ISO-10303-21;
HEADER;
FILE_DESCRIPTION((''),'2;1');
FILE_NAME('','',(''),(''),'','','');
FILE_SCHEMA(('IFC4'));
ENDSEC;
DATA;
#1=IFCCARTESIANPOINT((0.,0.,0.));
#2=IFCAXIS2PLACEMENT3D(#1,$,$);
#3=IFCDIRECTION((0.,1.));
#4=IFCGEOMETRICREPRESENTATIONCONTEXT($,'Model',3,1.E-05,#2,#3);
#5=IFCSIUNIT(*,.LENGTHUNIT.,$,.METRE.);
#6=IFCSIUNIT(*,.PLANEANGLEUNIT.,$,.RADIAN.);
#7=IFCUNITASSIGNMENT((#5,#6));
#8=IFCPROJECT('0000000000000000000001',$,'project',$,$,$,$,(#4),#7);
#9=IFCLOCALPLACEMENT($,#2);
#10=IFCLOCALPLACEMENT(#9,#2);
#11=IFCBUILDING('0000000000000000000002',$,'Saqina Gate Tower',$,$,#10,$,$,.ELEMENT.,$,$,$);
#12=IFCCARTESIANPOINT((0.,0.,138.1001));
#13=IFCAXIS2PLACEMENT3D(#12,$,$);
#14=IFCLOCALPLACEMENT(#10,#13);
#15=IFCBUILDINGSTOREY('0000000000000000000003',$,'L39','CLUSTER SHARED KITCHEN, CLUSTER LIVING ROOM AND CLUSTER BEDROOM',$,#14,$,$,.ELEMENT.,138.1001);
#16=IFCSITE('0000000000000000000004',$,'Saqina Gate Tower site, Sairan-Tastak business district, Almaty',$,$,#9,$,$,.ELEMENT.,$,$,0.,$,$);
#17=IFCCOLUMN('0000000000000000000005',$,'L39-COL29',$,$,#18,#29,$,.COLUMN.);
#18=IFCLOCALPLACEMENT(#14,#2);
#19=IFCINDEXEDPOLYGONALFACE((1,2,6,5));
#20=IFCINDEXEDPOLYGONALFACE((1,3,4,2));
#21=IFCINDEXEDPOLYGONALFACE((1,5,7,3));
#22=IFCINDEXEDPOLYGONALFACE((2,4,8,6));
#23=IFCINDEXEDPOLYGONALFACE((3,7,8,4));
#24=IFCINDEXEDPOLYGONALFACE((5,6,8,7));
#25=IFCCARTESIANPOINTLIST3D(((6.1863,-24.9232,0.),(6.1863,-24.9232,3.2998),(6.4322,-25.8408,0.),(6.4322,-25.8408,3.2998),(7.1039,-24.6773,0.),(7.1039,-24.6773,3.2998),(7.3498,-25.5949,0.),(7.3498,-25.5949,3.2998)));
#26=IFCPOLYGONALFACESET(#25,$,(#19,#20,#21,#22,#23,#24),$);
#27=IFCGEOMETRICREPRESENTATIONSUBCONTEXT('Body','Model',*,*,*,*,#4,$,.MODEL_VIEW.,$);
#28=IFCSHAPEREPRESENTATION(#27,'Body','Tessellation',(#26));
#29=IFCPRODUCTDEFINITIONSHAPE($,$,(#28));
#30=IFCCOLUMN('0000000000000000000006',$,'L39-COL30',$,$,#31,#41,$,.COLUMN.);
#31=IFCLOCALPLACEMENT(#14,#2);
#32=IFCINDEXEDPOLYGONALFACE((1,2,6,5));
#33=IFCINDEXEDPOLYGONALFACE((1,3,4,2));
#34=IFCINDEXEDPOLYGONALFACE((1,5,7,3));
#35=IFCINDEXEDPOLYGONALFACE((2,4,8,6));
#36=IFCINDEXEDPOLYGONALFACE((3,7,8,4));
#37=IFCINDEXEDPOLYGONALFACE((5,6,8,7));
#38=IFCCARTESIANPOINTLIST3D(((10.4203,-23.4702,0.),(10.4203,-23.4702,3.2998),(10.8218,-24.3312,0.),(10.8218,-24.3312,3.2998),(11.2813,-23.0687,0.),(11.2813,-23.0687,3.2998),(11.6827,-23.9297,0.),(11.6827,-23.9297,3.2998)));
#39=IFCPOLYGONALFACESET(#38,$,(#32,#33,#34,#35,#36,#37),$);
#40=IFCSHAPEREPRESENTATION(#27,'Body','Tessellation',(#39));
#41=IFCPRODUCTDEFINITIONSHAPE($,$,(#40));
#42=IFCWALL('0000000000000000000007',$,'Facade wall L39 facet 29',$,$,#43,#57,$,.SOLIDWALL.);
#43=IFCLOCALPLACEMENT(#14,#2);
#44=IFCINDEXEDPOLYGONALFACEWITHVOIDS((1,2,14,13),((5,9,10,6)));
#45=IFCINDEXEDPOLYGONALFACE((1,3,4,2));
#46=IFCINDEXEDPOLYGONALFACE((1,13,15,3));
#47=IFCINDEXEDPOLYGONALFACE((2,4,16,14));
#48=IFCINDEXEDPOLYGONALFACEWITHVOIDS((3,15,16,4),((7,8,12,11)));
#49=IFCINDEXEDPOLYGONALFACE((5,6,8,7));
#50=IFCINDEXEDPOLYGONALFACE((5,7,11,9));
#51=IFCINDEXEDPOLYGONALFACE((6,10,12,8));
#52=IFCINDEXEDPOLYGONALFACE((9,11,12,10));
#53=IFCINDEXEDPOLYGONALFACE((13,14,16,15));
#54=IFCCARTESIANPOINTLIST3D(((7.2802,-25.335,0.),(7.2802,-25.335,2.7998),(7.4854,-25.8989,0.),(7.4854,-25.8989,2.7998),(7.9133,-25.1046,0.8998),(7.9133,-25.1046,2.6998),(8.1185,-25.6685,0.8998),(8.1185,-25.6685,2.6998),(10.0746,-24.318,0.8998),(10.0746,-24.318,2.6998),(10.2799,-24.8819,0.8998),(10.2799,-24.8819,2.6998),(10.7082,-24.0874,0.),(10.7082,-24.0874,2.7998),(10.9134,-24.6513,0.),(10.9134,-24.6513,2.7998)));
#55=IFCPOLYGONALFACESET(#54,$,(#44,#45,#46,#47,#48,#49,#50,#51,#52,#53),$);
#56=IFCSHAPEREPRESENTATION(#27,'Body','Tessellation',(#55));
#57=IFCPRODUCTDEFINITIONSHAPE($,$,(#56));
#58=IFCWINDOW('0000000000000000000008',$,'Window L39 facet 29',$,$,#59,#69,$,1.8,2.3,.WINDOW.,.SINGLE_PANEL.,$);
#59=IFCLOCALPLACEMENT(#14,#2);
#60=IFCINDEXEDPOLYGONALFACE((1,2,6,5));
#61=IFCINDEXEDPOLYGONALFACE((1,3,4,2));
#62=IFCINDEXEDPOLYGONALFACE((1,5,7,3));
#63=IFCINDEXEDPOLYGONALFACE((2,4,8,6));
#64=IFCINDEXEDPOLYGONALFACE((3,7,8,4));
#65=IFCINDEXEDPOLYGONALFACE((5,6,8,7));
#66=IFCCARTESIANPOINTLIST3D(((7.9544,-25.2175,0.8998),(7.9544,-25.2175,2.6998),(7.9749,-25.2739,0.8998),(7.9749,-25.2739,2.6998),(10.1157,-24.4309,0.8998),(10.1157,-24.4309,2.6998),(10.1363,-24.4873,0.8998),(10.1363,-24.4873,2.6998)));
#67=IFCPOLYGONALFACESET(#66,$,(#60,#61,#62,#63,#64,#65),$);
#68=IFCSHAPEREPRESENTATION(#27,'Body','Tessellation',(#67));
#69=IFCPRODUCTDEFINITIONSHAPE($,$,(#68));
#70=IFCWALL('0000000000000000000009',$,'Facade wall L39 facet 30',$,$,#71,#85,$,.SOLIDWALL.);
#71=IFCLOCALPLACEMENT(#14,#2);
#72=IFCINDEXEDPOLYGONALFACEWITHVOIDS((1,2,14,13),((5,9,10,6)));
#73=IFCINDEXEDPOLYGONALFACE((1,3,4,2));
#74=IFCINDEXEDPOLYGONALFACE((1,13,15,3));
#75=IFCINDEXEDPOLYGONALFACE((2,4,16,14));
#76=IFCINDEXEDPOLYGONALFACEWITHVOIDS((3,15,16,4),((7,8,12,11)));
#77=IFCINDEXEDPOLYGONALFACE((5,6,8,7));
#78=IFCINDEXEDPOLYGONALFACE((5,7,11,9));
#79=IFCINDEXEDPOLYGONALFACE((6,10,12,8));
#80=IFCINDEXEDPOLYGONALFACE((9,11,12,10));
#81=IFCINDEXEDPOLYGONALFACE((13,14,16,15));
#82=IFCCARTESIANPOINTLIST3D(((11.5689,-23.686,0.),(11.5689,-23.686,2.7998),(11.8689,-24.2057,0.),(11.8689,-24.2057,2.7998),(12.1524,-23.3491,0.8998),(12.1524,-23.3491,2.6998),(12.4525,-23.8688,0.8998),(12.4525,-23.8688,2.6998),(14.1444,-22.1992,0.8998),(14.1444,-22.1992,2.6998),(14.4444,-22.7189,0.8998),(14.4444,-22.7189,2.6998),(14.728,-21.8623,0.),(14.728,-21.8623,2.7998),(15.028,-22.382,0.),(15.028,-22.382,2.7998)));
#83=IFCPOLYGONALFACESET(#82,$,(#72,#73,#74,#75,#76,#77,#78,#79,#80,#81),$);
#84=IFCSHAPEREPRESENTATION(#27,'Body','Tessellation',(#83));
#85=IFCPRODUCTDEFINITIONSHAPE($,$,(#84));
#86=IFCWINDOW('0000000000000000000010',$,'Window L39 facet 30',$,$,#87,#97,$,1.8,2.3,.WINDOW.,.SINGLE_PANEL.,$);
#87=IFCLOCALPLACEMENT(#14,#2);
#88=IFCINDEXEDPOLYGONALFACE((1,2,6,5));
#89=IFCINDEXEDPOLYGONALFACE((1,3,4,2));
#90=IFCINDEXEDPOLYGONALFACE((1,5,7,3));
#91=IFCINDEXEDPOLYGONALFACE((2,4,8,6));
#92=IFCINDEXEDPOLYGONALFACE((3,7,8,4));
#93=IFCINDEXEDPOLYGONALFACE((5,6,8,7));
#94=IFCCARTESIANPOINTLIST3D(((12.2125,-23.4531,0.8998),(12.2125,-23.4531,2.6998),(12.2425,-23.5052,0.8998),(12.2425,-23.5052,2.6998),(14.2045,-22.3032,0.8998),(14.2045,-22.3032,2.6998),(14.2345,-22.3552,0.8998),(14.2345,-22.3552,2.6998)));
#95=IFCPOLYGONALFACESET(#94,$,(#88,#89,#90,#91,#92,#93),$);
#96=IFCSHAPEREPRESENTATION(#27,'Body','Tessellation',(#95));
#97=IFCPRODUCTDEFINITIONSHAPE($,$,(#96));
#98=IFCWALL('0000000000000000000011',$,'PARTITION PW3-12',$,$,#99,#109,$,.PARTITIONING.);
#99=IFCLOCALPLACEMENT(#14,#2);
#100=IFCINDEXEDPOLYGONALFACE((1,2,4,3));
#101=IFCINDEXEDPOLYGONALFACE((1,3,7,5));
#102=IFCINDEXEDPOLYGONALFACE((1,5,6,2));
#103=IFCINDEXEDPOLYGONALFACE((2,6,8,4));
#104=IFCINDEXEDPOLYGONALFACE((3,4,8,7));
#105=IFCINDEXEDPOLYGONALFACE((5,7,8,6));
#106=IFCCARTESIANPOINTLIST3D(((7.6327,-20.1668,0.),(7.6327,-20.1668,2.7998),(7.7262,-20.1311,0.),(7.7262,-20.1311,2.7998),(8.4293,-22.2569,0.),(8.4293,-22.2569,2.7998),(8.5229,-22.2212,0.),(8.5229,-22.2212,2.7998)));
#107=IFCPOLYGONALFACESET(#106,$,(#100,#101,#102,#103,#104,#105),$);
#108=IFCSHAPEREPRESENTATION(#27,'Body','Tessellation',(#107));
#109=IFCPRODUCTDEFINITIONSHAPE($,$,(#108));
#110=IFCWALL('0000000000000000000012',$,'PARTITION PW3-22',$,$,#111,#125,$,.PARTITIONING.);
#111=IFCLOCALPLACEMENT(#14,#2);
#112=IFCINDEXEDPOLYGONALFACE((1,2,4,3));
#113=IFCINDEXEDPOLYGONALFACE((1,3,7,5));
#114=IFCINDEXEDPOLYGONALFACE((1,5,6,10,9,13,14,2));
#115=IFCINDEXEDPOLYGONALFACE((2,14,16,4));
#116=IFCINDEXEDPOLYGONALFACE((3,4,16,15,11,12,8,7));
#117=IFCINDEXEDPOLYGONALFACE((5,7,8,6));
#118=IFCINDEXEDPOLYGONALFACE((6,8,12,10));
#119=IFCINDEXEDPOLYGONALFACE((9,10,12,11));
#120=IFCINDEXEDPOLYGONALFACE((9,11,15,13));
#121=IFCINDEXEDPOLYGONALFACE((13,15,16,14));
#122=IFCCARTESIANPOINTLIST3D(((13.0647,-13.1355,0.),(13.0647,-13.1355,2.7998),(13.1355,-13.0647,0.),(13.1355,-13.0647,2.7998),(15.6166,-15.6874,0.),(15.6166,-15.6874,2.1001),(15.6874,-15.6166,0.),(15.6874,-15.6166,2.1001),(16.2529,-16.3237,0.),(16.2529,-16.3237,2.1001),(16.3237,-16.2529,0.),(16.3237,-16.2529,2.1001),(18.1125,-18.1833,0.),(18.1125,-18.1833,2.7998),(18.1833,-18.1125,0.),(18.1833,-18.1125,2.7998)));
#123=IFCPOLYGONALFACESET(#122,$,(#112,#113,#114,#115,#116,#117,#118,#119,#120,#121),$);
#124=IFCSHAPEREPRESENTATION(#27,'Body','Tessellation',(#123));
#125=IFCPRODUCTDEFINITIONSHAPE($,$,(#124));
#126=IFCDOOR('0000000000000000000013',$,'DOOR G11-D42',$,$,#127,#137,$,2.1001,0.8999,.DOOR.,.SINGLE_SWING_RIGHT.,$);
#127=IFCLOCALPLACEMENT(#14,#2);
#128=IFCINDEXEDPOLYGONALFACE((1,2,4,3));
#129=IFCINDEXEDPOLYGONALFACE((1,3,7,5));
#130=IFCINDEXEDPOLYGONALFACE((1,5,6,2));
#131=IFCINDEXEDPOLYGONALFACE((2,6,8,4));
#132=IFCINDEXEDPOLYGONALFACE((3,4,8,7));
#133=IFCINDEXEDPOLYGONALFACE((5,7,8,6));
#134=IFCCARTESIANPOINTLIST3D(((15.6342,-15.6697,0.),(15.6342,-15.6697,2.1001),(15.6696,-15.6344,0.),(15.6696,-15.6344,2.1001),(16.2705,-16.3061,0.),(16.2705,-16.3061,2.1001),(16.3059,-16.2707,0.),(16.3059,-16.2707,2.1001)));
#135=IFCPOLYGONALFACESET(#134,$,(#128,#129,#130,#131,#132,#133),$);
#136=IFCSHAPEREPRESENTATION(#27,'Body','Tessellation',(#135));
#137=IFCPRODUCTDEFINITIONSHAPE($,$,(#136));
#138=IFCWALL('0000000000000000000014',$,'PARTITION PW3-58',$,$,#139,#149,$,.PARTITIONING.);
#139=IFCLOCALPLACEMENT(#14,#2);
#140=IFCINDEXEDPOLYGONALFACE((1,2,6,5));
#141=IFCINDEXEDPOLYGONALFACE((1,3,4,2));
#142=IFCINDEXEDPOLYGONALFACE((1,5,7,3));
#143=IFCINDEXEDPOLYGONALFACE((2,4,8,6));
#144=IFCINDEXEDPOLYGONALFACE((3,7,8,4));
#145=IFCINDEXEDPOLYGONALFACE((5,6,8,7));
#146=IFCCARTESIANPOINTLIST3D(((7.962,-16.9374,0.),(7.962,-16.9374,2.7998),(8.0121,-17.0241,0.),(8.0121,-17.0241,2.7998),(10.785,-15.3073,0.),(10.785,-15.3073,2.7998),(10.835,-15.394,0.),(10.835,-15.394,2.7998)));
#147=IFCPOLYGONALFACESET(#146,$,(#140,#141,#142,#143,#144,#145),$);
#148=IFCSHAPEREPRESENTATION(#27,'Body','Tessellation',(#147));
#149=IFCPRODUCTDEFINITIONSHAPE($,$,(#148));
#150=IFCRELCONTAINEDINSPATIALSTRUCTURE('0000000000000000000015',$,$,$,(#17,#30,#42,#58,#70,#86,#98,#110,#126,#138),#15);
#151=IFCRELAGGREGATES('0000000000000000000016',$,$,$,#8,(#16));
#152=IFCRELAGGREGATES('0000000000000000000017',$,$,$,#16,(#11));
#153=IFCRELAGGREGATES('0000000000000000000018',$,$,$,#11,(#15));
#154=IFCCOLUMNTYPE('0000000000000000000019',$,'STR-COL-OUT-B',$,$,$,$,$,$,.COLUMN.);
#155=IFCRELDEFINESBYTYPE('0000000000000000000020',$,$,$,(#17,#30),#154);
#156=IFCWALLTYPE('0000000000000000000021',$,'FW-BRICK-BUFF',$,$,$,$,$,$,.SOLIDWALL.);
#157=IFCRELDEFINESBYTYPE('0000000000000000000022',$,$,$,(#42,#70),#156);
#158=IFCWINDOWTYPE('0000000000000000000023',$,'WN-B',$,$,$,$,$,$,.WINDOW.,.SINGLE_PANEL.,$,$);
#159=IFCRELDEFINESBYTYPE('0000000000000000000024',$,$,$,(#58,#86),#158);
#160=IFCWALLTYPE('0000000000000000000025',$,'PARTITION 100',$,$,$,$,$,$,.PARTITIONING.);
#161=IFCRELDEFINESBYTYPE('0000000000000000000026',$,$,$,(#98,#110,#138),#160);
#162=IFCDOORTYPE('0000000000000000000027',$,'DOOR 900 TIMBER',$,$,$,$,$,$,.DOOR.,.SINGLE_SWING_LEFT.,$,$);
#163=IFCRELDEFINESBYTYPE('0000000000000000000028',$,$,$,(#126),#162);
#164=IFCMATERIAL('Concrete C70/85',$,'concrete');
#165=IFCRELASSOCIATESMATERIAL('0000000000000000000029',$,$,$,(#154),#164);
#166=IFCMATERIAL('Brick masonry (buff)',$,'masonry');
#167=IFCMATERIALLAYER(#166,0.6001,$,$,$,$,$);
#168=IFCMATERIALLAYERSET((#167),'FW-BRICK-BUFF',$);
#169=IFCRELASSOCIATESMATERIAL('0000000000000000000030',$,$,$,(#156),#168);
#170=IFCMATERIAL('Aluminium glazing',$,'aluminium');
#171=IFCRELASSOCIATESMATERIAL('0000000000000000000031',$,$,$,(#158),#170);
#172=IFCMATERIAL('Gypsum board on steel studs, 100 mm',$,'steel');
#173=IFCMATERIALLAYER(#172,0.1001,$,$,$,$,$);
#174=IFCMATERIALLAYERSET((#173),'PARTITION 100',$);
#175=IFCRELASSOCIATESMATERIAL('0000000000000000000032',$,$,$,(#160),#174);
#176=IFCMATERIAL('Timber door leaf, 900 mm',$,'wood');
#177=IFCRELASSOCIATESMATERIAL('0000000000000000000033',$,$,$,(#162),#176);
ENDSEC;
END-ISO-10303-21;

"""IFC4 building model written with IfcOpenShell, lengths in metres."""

from ifc_helpers import new_model, si_unit, direction, frame, frame_2d, origin, origin_2d, place, context, subcontext, project, spatial, rectangle, extrude, material, layer, layer_set, material_profile, profile_set, type_object, element, fill, save


model = new_model("IFC4")

# Units and contexts
model_context = context("Model", 3, precision=1e-05, world=origin(), true_north=direction((0.0, 1.0)))
body_context = subcontext(model_context, "Body", "Model", "MODEL_VIEW")
ifc_project = project(units=[si_unit("LENGTHUNIT", "METRE"), si_unit("PLANEANGLEUNIT", "RADIAN")], contexts=[model_context])

# Site, building, storey
site_placement = place(None, origin())
site = spatial("IfcSite", under=ifc_project, at=site_placement, Name="Saqina Gate Tower site, Sairan-Tastak business district, Almaty", CompositionType="ELEMENT", RefElevation=0.0)
building_placement = place(site_placement, origin())
building = spatial("IfcBuilding", under=site, at=building_placement, Name="Saqina Gate Tower", CompositionType="ELEMENT")
storey_placement = place(building_placement, frame((0.0, 0.0, 138.1001)))
storey = spatial("IfcBuildingStorey", under=building, at=storey_placement, Name="L39", Description="CLUSTER SHARED KITCHEN, CLUSTER LIVING ROOM AND CLUSTER BEDROOM", CompositionType="ELEMENT", Elevation=138.1001)

# Columns
ifc_material_1 = material(Name="Concrete C70/85", Category="concrete")
ifc_material_profile = material_profile(ifc_material_1, rectangle(XDim=0.95, YDim=0.95, at=origin_2d()), Name="RC 950x950")
ifc_profile_set = profile_set([ifc_material_profile], Name="Concrete C70/85")
column_type = type_object("IfcColumnType", Name="STR-COL-OUT-B", PredefinedType="COLUMN", material=ifc_profile_set)
for number, where, z_axis, x_axis, name in (
    (1, (6.7681, -25.259, 0.0), (0.0, 0.0, 1.0), (0.258819, -0.965926, 0.0), "L39-COL29"),
    (2, (11.0515, -23.7, 0.0), (0.0, 0.0, 1.0), (0.422618, -0.906308, 0.0), "L39-COL30"),
):
    element("IfcColumn", number, at=place(storey_placement, frame(where, z_axis=z_axis, x_axis=x_axis)), inside=storey, type_object=column_type, Name=name, PredefinedType="COLUMN", context=body_context, shape_type="SweptSolid", body=[
        extrude(rectangle(XDim=0.95, YDim=0.95, at=origin_2d()), origin(), (0.0, 0.0, 1.0), 3.2998),
    ])

# Walls, openings, windows
ifc_material_2 = material(Name="Brick masonry (buff)", Category="masonry")
ifc_layer_1 = layer(ifc_material_2, 0.6001)
ifc_layer_set_1 = layer_set([ifc_layer_1], Name="FW-BRICK-BUFF")
wall_type_1 = type_object("IfcWallType", Name="FW-BRICK-BUFF", PredefinedType="SOLIDWALL", material=ifc_layer_set_1)
wall_1_placement = place(storey_placement, frame((7.3828, -25.6169, 0.0), z_axis=(0.0, 0.0, 1.0), x_axis=(0.939704, 0.34199, 0.0)))
wall_1 = element("IfcWall", 3, at=wall_1_placement, inside=storey, type_object=wall_type_1, Name="Facade wall L39 facet 29", PredefinedType="SOLIDWALL", context=body_context, shape_type="SweptSolid", body=[
    extrude(rectangle(XDim=3.6479, YDim=0.6001, at=frame_2d((1.824, 0.0))), origin(), (0.0, 0.0, 1.0), 2.7998),
])
opening_1_placement = place(wall_1_placement, frame((0.6738, 0.0, 0.8999)))
opening_1 = element("IfcOpeningElement", 4, at=opening_1_placement, cuts=wall_1, PredefinedType="OPENING", context=body_context, shape_type="SweptSolid", body=[
    extrude(rectangle(XDim=2.3, YDim=1.8, at=frame_2d((1.1499, 0.8999))), frame((0.0, 0.312, 0.0), z_axis=(0.0, -1.0, 0.0), x_axis=(1.0, 0.0, 0.0)), (0.0, 0.0, 1.0), 0.624),
])
ifc_material_3 = material(Name="Aluminium glazing", Category="aluminium")
window_type = type_object("IfcWindowType", Name="WN-B", PartitioningType="SINGLE_PANEL", PredefinedType="WINDOW", material=ifc_material_3)
window_1_placement = place(opening_1_placement, origin())
window_1 = element("IfcWindow", 5, at=window_1_placement, inside=storey, type_object=window_type, Name="Window L39 facet 29", OverallHeight=1.8, OverallWidth=2.3, PartitioningType="SINGLE_PANEL", PredefinedType="WINDOW", context=body_context, shape_type="SweptSolid", body=[
    extrude(rectangle(XDim=2.3, YDim=1.8, at=frame_2d((1.1499, 0.8999))), frame((0.0, 0.1799, 0.0), z_axis=(0.0, -1.0, 0.0), x_axis=(1.0, 0.0, 0.0)), (0.0, 0.0, 1.0), 0.0601),
])
fill(opening_1, window_1)
wall_2_placement = place(storey_placement, frame((11.719, -23.9458, 0.0), z_axis=(0.0, 0.0, 1.0), x_axis=(0.866052, 0.499954, 0.0)))
wall_2 = element("IfcWall", 6, at=wall_2_placement, inside=storey, type_object=wall_type_1, Name="Facade wall L39 facet 30", PredefinedType="SOLIDWALL", context=body_context, shape_type="SweptSolid", body=[
    extrude(rectangle(XDim=3.6477, YDim=0.6001, at=frame_2d((1.8237, 0.0))), origin(), (0.0, 0.0, 1.0), 2.7998),
])
opening_2_placement = place(wall_2_placement, frame((0.6738, 0.0, 0.8999)))
opening_2 = element("IfcOpeningElement", 7, at=opening_2_placement, cuts=wall_2, PredefinedType="OPENING", context=body_context, shape_type="SweptSolid", body=[
    extrude(rectangle(XDim=2.3, YDim=1.8, at=frame_2d((1.1499, 0.8999))), frame((0.0, 0.312, 0.0), z_axis=(0.0, -1.0, 0.0), x_axis=(1.0, 0.0, 0.0)), (0.0, 0.0, 1.0), 0.624),
])
window_2_placement = place(opening_2_placement, origin())
window_2 = element("IfcWindow", 8, at=window_2_placement, inside=storey, type_object=window_type, Name="Window L39 facet 30", OverallHeight=1.8, OverallWidth=2.3, PartitioningType="SINGLE_PANEL", PredefinedType="WINDOW", context=body_context, shape_type="SweptSolid", body=[
    extrude(rectangle(XDim=2.3, YDim=1.8, at=frame_2d((1.1499, 0.8999))), frame((0.0, 0.1799, 0.0), z_axis=(0.0, -1.0, 0.0), x_axis=(1.0, 0.0, 0.0)), (0.0, 0.0, 1.0), 0.0601),
])
fill(opening_2, window_2)

# Wall
ifc_material_4 = material(Name="Gypsum board on steel studs, 100 mm", Category="steel")
ifc_layer_2 = layer(ifc_material_4, 0.1001)
ifc_layer_set_2 = layer_set([ifc_layer_2], Name="PARTITION 100")
wall_type_2 = type_object("IfcWallType", Name="PARTITION 100", PredefinedType="PARTITIONING", material=ifc_layer_set_2)
wall_3_placement = place(storey_placement, frame((7.6794, -20.1489, 0.0), z_axis=(0.0, 0.0, 1.0), x_axis=(0.356154, -0.934427, 0.0)))
element("IfcWall", 9, at=wall_3_placement, inside=storey, type_object=wall_type_2, Name="PARTITION PW3-12", PredefinedType="PARTITIONING", context=body_context, shape_type="SweptSolid", body=[
    extrude(rectangle(XDim=2.2368, YDim=0.1001, at=frame_2d((1.1184, 0.0))), origin(), (0.0, 0.0, 1.0), 2.7998),
])

# Wall, opening, door
wall_4_placement = place(storey_placement, frame((13.1001, -13.1001, 0.0), z_axis=(0.0, 0.0, 1.0), x_axis=(0.707107, -0.707107, 0.0)))
wall_4 = element("IfcWall", 10, at=wall_4_placement, inside=storey, type_object=wall_type_2, Name="PARTITION PW3-22", PredefinedType="PARTITIONING", context=body_context, shape_type="SweptSolid", body=[
    extrude(rectangle(XDim=7.1387, YDim=0.1001, at=frame_2d((3.5693, 0.0))), origin(), (0.0, 0.0, 1.0), 2.7998),
])
opening_3_placement = place(wall_4_placement, frame((3.6089, 0.0, 0.0)))
opening_3 = element("IfcOpeningElement", 11, at=opening_3_placement, cuts=wall_4, PredefinedType="OPENING", context=body_context, shape_type="SweptSolid", body=[
    extrude(rectangle(XDim=0.8999, YDim=2.1001, at=frame_2d((0.45, 1.05))), frame((0.0, 0.062, 0.0), z_axis=(0.0, -1.0, 0.0), x_axis=(1.0, 0.0, 0.0)), (0.0, 0.0, 1.0), 0.124),
])
ifc_material_5 = material(Name="Timber door leaf, 900 mm", Category="wood")
door_type_1 = type_object("IfcDoorType", Name="DOOR 900 TIMBER", OperationType="SINGLE_SWING_LEFT", PredefinedType="DOOR", material=ifc_material_5)
door_1_placement = place(opening_3_placement, origin())
door_1 = element("IfcDoor", 12, at=door_1_placement, inside=storey, type_object=door_type_1, Name="DOOR G11-D42", OperationType="SINGLE_SWING_RIGHT", OverallHeight=2.1001, OverallWidth=0.8999, PredefinedType="DOOR", context=body_context, shape_type="SweptSolid", body=[
    extrude(rectangle(XDim=0.8999, YDim=2.1001, at=frame_2d((0.45, 1.05))), frame((0.0, 0.0249, 0.0), z_axis=(0.0, -1.0, 0.0), x_axis=(1.0, 0.0, 0.0)), (0.0, 0.0, 1.0), 0.05),
])
fill(opening_3, door_1)

# Wall
wall_5_placement = place(storey_placement, frame((7.9871, -16.9807, 0.0), z_axis=(0.0, 0.0, 1.0), x_axis=(0.86599, 0.500062, 0.0)))
element("IfcWall", 13, at=wall_5_placement, inside=storey, type_object=wall_type_2, Name="PARTITION PW3-58", PredefinedType="PARTITIONING", context=body_context, shape_type="SweptSolid", body=[
    extrude(rectangle(XDim=3.2598, YDim=0.1001, at=frame_2d((1.6299, 0.0))), origin(), (0.0, 0.0, 1.0), 2.7998),
])

save(model, "model.ifc")
